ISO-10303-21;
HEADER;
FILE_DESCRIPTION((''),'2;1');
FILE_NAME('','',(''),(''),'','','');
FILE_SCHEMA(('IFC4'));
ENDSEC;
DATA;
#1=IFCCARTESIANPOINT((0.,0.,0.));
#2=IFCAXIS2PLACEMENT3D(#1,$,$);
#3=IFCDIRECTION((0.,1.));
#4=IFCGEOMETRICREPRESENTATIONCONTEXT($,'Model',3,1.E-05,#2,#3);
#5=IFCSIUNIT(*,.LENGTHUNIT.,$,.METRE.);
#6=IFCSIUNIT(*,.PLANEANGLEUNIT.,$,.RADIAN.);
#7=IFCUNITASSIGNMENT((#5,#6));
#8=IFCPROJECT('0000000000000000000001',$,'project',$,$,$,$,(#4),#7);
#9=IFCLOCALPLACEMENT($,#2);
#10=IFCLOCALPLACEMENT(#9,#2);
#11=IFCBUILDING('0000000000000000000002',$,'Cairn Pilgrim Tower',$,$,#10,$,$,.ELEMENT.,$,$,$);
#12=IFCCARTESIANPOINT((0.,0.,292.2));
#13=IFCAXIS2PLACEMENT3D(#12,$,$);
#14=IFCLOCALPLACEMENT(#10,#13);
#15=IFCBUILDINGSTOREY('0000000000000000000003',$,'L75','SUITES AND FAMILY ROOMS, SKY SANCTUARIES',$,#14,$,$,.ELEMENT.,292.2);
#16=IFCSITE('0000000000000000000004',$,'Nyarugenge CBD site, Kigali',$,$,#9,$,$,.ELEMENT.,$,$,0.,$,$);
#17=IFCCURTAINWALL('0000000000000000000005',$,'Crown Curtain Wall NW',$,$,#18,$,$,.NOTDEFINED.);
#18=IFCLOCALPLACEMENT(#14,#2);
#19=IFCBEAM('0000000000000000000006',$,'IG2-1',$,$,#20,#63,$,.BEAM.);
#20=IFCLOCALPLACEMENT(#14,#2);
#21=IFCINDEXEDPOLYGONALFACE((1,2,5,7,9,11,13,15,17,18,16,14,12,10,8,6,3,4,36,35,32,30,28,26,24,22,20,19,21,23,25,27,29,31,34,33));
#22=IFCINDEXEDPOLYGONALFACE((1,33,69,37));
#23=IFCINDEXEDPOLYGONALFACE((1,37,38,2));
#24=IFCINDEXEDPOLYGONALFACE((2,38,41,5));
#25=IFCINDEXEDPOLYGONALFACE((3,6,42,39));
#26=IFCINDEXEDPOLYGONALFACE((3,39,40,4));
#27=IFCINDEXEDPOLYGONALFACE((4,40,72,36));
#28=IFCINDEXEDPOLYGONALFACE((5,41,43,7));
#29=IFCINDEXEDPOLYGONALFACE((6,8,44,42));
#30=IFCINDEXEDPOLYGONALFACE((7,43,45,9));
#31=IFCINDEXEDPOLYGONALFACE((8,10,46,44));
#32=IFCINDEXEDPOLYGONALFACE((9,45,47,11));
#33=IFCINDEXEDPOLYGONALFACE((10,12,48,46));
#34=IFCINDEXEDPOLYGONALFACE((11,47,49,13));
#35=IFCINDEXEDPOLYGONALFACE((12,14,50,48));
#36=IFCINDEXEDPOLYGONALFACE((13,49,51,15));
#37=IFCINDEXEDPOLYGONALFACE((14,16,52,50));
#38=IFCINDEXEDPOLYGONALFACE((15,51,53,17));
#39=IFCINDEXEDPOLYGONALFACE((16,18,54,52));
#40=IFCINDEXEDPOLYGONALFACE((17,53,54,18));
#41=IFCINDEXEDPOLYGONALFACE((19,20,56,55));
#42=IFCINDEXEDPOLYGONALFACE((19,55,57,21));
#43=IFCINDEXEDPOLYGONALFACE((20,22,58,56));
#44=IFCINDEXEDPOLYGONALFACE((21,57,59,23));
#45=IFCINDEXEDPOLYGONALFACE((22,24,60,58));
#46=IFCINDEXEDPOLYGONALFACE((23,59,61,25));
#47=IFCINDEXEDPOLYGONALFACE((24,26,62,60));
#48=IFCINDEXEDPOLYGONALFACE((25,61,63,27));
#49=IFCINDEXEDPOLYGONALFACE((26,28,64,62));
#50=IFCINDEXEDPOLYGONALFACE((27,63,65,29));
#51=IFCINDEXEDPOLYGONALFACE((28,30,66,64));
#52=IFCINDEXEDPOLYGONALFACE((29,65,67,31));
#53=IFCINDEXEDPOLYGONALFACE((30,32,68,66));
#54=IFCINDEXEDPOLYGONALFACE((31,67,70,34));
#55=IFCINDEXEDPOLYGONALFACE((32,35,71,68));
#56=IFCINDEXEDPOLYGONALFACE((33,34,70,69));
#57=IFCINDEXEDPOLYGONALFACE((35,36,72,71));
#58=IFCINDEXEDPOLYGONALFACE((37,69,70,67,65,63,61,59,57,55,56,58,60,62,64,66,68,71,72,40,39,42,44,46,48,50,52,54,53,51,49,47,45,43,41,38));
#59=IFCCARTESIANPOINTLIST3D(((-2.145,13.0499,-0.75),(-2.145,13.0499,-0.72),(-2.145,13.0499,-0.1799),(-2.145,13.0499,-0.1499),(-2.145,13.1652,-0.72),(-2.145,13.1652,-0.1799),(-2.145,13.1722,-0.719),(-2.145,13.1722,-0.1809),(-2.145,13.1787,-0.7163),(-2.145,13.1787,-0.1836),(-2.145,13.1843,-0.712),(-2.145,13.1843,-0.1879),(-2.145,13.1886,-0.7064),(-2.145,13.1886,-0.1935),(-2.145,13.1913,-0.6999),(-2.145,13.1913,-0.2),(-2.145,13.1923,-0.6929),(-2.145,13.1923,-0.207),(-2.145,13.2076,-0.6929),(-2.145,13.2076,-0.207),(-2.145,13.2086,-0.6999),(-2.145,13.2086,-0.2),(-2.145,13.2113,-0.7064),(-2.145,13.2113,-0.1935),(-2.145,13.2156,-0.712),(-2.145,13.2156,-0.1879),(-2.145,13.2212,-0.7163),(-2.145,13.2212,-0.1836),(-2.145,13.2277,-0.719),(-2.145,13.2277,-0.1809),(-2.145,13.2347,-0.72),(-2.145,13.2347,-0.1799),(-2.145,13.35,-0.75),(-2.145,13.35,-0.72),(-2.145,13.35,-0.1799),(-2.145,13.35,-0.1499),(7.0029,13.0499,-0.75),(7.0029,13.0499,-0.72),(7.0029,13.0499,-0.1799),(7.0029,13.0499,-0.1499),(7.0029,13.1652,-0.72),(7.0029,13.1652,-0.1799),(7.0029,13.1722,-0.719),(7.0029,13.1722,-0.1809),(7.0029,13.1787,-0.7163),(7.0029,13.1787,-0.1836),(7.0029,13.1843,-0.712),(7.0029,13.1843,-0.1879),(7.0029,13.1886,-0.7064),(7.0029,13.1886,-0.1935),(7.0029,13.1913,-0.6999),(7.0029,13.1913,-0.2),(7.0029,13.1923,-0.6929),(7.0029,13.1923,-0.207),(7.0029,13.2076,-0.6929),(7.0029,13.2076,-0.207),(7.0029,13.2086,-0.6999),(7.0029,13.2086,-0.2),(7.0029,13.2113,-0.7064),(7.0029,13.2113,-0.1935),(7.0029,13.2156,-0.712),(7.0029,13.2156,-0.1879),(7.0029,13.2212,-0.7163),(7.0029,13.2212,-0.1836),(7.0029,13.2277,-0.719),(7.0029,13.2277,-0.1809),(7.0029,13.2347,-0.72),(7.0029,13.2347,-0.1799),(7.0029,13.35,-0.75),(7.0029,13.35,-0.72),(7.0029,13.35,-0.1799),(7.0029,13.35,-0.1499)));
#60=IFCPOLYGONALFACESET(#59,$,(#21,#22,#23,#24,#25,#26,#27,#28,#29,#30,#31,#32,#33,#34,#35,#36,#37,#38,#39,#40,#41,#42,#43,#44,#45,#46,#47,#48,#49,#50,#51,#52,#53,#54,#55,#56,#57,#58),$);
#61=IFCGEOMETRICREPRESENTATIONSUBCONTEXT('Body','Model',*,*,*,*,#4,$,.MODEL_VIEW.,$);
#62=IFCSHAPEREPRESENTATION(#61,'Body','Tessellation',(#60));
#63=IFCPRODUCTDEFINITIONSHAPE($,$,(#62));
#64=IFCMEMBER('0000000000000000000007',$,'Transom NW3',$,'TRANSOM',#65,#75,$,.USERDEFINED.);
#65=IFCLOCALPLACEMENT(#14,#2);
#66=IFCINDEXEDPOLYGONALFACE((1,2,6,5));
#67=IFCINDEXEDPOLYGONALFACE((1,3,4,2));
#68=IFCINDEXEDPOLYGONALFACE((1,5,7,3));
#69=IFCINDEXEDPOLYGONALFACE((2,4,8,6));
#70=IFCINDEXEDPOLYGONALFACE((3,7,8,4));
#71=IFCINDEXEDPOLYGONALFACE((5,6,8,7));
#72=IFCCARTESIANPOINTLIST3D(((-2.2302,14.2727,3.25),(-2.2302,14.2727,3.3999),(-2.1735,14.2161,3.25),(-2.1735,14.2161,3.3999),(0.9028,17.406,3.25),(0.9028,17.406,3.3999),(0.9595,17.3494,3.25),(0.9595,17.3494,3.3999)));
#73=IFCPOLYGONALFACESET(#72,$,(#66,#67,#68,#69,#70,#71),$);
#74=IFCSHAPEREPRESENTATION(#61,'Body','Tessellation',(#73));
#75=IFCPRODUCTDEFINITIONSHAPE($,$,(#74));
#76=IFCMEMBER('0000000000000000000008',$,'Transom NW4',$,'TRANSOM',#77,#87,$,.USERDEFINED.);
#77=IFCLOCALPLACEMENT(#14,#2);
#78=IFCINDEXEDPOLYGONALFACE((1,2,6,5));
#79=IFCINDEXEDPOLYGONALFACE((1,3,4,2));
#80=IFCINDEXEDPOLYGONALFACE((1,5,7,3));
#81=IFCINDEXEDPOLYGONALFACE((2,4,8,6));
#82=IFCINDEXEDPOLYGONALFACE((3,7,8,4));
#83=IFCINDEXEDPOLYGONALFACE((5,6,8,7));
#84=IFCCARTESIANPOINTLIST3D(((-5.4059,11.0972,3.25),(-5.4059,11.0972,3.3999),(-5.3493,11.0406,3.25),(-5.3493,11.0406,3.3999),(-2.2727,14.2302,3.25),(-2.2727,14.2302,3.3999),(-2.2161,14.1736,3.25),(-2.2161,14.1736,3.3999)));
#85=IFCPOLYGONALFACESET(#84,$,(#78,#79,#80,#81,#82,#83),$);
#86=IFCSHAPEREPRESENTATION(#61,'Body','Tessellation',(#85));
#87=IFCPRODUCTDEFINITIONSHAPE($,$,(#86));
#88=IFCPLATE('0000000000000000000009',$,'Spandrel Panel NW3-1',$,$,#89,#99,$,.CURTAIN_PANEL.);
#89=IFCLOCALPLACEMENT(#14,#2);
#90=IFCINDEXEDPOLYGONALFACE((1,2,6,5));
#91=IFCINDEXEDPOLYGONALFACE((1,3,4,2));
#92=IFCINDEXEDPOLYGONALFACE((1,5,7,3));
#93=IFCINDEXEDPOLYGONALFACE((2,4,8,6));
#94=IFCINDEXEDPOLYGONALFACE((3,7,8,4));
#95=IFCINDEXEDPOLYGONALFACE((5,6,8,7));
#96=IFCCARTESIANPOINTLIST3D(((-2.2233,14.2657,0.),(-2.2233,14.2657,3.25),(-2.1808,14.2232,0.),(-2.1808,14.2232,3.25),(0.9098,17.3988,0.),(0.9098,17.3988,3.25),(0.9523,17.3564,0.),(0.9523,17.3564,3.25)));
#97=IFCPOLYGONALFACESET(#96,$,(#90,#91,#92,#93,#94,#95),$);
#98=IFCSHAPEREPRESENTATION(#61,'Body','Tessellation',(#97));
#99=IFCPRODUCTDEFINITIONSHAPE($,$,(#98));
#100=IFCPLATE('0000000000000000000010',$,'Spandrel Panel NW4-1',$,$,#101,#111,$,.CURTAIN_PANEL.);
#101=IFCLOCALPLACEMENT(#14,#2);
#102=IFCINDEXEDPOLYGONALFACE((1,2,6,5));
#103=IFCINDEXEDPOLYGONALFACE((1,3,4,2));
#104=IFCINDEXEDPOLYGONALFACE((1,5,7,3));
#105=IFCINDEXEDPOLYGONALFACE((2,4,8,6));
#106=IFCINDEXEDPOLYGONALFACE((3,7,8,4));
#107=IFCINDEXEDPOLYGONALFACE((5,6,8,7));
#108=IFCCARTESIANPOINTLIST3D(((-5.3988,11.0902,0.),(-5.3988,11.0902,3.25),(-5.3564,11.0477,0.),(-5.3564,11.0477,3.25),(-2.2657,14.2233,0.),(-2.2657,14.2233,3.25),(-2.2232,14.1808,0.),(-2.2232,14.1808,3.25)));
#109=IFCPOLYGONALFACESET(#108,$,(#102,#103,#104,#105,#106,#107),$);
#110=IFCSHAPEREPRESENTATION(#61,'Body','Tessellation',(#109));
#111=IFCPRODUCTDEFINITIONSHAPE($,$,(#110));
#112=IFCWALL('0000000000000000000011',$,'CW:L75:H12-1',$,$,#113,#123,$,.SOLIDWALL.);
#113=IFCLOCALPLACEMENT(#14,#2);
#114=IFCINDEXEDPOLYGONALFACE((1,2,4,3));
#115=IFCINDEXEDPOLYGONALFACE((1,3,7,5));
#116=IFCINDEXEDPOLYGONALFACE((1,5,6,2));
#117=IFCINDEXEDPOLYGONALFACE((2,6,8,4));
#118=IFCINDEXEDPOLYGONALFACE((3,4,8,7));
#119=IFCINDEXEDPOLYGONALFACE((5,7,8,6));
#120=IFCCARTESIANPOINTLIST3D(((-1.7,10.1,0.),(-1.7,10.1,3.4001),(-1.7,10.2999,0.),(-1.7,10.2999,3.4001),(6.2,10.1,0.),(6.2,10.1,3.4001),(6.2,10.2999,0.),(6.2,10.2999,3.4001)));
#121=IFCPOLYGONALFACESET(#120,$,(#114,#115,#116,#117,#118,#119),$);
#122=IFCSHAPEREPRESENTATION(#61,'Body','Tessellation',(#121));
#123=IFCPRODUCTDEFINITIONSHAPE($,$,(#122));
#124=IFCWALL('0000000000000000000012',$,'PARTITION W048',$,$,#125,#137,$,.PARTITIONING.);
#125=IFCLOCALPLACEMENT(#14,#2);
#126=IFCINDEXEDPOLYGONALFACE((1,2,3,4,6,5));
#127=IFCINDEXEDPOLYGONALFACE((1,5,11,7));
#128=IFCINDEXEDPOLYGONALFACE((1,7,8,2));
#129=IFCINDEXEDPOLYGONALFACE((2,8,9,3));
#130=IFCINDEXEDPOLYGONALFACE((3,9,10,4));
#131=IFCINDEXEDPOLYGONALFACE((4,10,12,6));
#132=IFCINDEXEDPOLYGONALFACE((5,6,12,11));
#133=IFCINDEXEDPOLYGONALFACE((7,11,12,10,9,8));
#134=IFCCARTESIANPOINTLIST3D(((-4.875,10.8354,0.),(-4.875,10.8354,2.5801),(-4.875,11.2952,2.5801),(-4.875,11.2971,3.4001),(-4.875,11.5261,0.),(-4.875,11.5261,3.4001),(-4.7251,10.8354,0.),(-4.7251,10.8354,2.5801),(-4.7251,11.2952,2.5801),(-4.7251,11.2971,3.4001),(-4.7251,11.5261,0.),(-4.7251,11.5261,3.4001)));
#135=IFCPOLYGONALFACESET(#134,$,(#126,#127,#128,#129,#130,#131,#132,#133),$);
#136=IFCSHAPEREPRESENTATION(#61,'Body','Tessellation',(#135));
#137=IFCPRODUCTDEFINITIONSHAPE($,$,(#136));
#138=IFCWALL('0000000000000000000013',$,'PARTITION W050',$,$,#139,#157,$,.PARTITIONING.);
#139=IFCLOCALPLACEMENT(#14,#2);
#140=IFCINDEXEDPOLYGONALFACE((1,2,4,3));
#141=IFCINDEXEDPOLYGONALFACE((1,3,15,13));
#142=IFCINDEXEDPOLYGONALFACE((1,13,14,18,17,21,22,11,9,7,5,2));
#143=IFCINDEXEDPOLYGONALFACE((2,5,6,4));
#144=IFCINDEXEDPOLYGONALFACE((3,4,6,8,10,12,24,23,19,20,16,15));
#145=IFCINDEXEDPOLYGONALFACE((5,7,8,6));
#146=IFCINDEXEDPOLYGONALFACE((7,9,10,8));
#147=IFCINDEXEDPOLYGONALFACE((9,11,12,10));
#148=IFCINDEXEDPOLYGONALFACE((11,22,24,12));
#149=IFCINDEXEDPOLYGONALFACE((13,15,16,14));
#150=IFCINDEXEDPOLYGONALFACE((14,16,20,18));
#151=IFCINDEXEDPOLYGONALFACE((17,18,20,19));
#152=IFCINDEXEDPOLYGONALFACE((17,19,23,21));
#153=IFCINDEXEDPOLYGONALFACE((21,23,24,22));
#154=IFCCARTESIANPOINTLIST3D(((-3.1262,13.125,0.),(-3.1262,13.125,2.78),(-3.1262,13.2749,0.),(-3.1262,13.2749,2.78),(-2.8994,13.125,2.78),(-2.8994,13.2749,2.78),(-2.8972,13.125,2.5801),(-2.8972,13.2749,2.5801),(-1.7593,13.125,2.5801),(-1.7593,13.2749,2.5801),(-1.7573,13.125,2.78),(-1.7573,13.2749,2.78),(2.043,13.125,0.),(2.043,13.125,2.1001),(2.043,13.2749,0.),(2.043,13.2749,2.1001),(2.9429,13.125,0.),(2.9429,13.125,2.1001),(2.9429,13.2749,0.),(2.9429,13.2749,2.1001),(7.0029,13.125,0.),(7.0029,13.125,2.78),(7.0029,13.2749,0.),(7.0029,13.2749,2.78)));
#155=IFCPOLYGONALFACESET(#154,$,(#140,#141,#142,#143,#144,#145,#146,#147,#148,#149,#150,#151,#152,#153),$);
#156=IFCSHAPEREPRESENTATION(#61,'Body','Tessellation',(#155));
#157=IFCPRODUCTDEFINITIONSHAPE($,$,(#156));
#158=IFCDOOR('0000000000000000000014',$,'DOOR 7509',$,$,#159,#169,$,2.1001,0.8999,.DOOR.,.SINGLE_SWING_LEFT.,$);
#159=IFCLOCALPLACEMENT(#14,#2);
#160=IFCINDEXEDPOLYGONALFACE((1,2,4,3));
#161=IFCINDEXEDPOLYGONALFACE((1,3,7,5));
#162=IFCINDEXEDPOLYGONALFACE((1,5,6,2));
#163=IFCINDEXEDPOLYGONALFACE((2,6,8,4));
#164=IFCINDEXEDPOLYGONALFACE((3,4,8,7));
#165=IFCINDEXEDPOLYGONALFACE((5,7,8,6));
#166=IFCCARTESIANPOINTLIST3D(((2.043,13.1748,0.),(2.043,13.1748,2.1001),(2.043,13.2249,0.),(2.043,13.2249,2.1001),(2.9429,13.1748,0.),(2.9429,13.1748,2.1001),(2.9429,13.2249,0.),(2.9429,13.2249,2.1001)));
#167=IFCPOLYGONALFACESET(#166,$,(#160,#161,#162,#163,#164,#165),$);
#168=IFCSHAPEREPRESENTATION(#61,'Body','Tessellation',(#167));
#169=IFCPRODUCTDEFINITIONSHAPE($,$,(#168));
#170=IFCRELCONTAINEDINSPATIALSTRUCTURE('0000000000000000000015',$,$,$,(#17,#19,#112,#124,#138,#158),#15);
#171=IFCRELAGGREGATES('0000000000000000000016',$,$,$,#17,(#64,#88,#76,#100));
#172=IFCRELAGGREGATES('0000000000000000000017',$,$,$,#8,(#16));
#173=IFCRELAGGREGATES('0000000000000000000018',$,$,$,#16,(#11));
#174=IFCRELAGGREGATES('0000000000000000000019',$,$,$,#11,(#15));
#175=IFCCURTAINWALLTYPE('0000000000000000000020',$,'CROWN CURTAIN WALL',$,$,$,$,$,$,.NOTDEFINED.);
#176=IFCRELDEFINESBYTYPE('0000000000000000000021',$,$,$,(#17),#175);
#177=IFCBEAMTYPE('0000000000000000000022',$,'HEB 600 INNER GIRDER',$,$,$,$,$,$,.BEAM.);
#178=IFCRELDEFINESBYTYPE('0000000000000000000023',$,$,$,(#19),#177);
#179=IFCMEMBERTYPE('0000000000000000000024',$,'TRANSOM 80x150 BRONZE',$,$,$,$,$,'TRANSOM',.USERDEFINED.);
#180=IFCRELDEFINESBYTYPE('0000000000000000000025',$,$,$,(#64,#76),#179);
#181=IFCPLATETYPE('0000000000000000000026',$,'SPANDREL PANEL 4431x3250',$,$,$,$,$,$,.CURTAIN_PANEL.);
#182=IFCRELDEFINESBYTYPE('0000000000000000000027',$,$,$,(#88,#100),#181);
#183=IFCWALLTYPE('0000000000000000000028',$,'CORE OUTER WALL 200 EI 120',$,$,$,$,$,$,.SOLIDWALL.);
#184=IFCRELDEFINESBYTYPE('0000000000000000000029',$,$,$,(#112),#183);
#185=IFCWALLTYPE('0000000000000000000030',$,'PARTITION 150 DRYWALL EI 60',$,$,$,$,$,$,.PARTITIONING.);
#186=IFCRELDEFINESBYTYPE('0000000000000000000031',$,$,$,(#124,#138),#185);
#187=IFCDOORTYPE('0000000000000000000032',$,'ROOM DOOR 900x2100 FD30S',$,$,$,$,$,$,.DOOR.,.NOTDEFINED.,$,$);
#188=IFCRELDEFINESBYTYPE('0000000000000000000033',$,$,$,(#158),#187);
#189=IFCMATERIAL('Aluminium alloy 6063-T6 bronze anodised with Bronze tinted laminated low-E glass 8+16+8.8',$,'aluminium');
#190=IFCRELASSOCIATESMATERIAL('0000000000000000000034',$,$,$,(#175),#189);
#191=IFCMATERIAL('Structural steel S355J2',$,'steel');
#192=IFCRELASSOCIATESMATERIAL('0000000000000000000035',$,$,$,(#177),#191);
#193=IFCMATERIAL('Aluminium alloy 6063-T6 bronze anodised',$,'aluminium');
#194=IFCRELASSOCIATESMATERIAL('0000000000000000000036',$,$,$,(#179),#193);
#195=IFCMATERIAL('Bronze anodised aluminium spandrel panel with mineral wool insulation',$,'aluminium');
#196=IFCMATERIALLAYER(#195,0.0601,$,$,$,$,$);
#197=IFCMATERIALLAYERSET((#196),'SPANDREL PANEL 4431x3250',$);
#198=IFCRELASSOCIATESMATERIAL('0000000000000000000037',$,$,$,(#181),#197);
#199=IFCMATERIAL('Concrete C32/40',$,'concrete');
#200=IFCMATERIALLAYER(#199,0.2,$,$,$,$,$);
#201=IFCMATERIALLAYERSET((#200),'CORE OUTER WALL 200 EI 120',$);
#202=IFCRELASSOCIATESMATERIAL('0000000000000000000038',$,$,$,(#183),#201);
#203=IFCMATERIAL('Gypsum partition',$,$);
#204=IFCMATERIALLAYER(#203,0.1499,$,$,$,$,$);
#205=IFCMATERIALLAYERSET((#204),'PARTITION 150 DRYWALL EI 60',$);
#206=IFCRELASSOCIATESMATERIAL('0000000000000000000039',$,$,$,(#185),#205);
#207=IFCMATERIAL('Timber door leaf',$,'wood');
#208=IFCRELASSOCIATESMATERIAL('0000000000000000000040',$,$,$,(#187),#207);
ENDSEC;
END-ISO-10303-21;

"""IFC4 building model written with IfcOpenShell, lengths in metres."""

from ifc_helpers import new_model, si_unit, direction, frame, frame_2d, origin, origin_2d, place, context, subcontext, project, spatial, polyline, rectangle, i_section, outline, extrude, material, layer, layer_set, material_profile, profile_set, type_object, element, fill, aggregate, save


model = new_model("IFC4")

# Units and contexts
model_context = context("Model", 3, precision=1e-05, world=origin(), true_north=direction((0.0, 1.0)))
body_context = subcontext(model_context, "Body", "Model", "MODEL_VIEW")
ifc_project = project(units=[si_unit("LENGTHUNIT", "METRE"), si_unit("PLANEANGLEUNIT", "RADIAN")], contexts=[model_context])

# Site, building, storey
site_placement = place(None, origin())
site = spatial("IfcSite", under=ifc_project, at=site_placement, Name="Nyarugenge CBD site, Kigali", CompositionType="ELEMENT", RefElevation=0.0)
building_placement = place(site_placement, origin())
building = spatial("IfcBuilding", under=site, at=building_placement, Name="Cairn Pilgrim Tower", CompositionType="ELEMENT")
storey_placement = place(building_placement, frame((0.0, 0.0, 292.2)))
storey = spatial("IfcBuildingStorey", under=building, at=storey_placement, Name="L75", Description="SUITES AND FAMILY ROOMS, SKY SANCTUARIES", CompositionType="ELEMENT", Elevation=292.2)

# Shared definitions
ifc_material_1 = material(Name="Structural steel S355J2", Category="steel")

# Curtain wall
ifc_material_2 = material(Name="Aluminium alloy 6063-T6 bronze anodised with Bronze tinted laminated low-E glass 8+16+8.8", Category="aluminium")
curtain_wall_type = type_object("IfcCurtainWallType", Name="CROWN CURTAIN WALL", PredefinedType="NOTDEFINED", material=ifc_material_2)
curtain_wall_placement = place(storey_placement, origin())
curtain_wall = element("IfcCurtainWall", 1, at=curtain_wall_placement, inside=storey, type_object=curtain_wall_type, Name="Crown Curtain Wall NW", PredefinedType="NOTDEFINED")
ifc_material_3 = material(Name="Aluminium alloy 6063-T6 bronze anodised", Category="aluminium")

# Beam
ifc_material_profile_1 = material_profile(ifc_material_1, i_section(OverallWidth=0.3, OverallDepth=0.6001, WebThickness=0.0154, FlangeThickness=0.03, FilletRadius=0.0271, at=origin_2d()), Name="HEB 600")
ifc_profile_set_1 = profile_set([ifc_material_profile_1], Name="Structural steel S355J2")
beam_type_1 = type_object("IfcBeamType", Name="HEB 600 INNER GIRDER", PredefinedType="BEAM", material=ifc_profile_set_1)
beam_1_placement = place(storey_placement, frame((-2.145, 13.2, -0.45), z_axis=(1.0, 0.0, 0.0), x_axis=(0.0, 1.0, 0.0)))
element("IfcBeam", 2, at=beam_1_placement, inside=storey, type_object=beam_type_1, Name="IG2-1", PredefinedType="BEAM", context=body_context, shape_type="SweptSolid", body=[
    extrude(i_section(OverallWidth=0.3, OverallDepth=0.6001, WebThickness=0.0154, FlangeThickness=0.03, FilletRadius=0.0271, at=origin_2d()), origin(), (0.0, 0.0, 1.0), 9.1479),
])

# Members
ifc_material_profile_2 = material_profile(ifc_material_3, rectangle(XDim=0.0801, YDim=0.1499, at=origin_2d()), Name="TRANSOM 80x150 BRONZE")
ifc_profile_set_2 = profile_set([ifc_material_profile_2], Name="Aluminium alloy 6063-T6 bronze anodised")
member_type_1 = type_object("IfcMemberType", Name="TRANSOM 80x150 BRONZE", ElementType="TRANSOM", PredefinedType="USERDEFINED", material=ifc_profile_set_2)
member_1_placement = place(storey_placement, frame((0.9312, 17.3777, 3.325), z_axis=(-0.707079, -0.707134, 0.0), x_axis=(0.707134, -0.707079, 0.0)))
member_1 = element("IfcMember", 3, at=member_1_placement, type_object=member_type_1, Name="Transom NW3", ObjectType="TRANSOM", PredefinedType="USERDEFINED", context=body_context, shape_type="SweptSolid", body=[
    extrude(rectangle(XDim=0.0801, YDim=0.1499, at=origin_2d()), origin(), (0.0, 0.0, 1.0), 4.4309),
])
member_2_placement = place(storey_placement, frame((-2.2444, 14.2019, 3.325), z_axis=(-0.707134, -0.707079, 0.0), x_axis=(0.707079, -0.707134, 0.0)))
member_2 = element("IfcMember", 4, at=member_2_placement, type_object=member_type_1, Name="Transom NW4", ObjectType="TRANSOM", PredefinedType="USERDEFINED", context=body_context, shape_type="SweptSolid", body=[
    extrude(rectangle(XDim=0.0801, YDim=0.1499, at=origin_2d()), origin(), (0.0, 0.0, 1.0), 4.4309),
])

# Plates
ifc_material_4 = material(Name="Bronze anodised aluminium spandrel panel with mineral wool insulation", Category="aluminium")
ifc_layer_1 = layer(ifc_material_4, 0.0601)
ifc_layer_set_1 = layer_set([ifc_layer_1], Name="SPANDREL PANEL 4431x3250")
plate_type = type_object("IfcPlateType", Name="SPANDREL PANEL 4431x3250", PredefinedType="CURTAIN_PANEL", material=ifc_layer_set_1)
plate_1_placement = place(storey_placement, frame((-0.6355, 15.811, 0.0), z_axis=(0.0, 0.0, 1.0), x_axis=(-0.707107, -0.707107, 0.0)))
plate_1 = element("IfcPlate", 5, at=plate_1_placement, type_object=plate_type, Name="Spandrel Panel NW3-1", PredefinedType="CURTAIN_PANEL", context=body_context, shape_type="SweptSolid", body=[
    extrude(rectangle(XDim=4.4309, YDim=0.0601, at=origin_2d()), origin(), (0.0, 0.0, 1.0), 3.25),
])
plate_2_placement = place(storey_placement, frame((-3.811, 12.6355, 0.0), z_axis=(0.0, 0.0, 1.0), x_axis=(-0.707107, -0.707107, 0.0)))
plate_2 = element("IfcPlate", 6, at=plate_2_placement, type_object=plate_type, Name="Spandrel Panel NW4-1", PredefinedType="CURTAIN_PANEL", context=body_context, shape_type="SweptSolid", body=[
    extrude(rectangle(XDim=4.4309, YDim=0.0601, at=origin_2d()), origin(), (0.0, 0.0, 1.0), 3.25),
])
aggregate(curtain_wall, [member_1, plate_1, member_2, plate_2])

# Walls
ifc_material_5 = material(Name="Concrete C32/40", Category="concrete")
ifc_layer_2 = layer(ifc_material_5, 0.2)
ifc_layer_set_2 = layer_set([ifc_layer_2], Name="CORE OUTER WALL 200 EI 120")
wall_type_1 = type_object("IfcWallType", Name="CORE OUTER WALL 200 EI 120", PredefinedType="SOLIDWALL", material=ifc_layer_set_2)
wall_1_placement = place(storey_placement, frame((-1.7, 10.2, 0.0), z_axis=(0.0, 0.0, 1.0), x_axis=(1.0, 0.0, 0.0)))
element("IfcWall", 7, at=wall_1_placement, inside=storey, type_object=wall_type_1, Name="CW:L75:H12-1", PredefinedType="SOLIDWALL", context=body_context, shape_type="SweptSolid", body=[
    extrude(rectangle(XDim=7.8999, YDim=0.2, at=frame_2d((3.95, 0.0))), origin(), (0.0, 0.0, 1.0), 3.4001),
])
ifc_material_6 = material(Name="Gypsum partition")
ifc_layer_3 = layer(ifc_material_6, 0.1499)
ifc_layer_set_3 = layer_set([ifc_layer_3], Name="PARTITION 150 DRYWALL EI 60")
wall_type_2 = type_object("IfcWallType", Name="PARTITION 150 DRYWALL EI 60", PredefinedType="PARTITIONING", material=ifc_layer_set_3)
wall_2_placement = place(storey_placement, frame((-4.8, 10.8354, 0.0), z_axis=(0.0, 0.0, 1.0), x_axis=(0.0, 1.0, 0.0)))
element("IfcWall", 8, at=wall_2_placement, inside=storey, type_object=wall_type_2, Name="PARTITION W048", PredefinedType="PARTITIONING", context=body_context, shape_type="SweptSolid", body=[
    extrude(outline(polyline([(0.0, 0.0), (0.6907, 0.0), (0.6907, 3.4001), (0.4617, 3.4001), (0.4597, 2.5801), (0.0, 2.5801), (0.0, 0.0)])), frame((0.0, 0.075, 0.0), z_axis=(0.0, -1.0, 0.0), x_axis=(1.0, 0.0, 0.0)), (0.0, 0.0, 1.0), 0.1499),
])

# Wall, opening, door
wall_3_placement = place(storey_placement, frame((-3.1262, 13.2, 0.0), z_axis=(0.0, 0.0, 1.0), x_axis=(1.0, 0.0, 0.0)))
wall_3 = element("IfcWall", 9, at=wall_3_placement, inside=storey, type_object=wall_type_2, Name="PARTITION W050", PredefinedType="PARTITIONING", context=body_context, shape_type="SweptSolid", body=[
    extrude(outline(polyline([(0.0, 0.0), (10.1292, 0.0), (10.1292, 2.78), (1.3689, 2.78), (1.3669, 2.5801), (0.229, 2.5801), (0.2268, 2.78), (0.0, 2.78), (0.0, 0.0)])), frame((0.0, 0.075, 0.0), z_axis=(0.0, -1.0, 0.0), x_axis=(1.0, 0.0, 0.0)), (0.0, 0.0, 1.0), 0.1499),
])
opening_1_placement = place(wall_3_placement, frame((5.1692, 0.0, 0.0)))
opening_1 = element("IfcOpeningElement", 10, at=opening_1_placement, cuts=wall_3, PredefinedType="OPENING", context=body_context, shape_type="SweptSolid", body=[
    extrude(rectangle(XDim=0.8999, YDim=2.1001, at=frame_2d((0.45, 1.05))), frame((0.0, 0.085, 0.0), z_axis=(0.0, -1.0, 0.0), x_axis=(1.0, 0.0, 0.0)), (0.0, 0.0, 1.0), 0.1699),
])
ifc_material_7 = material(Name="Timber door leaf", Category="wood")
door_type_1 = type_object("IfcDoorType", Name="ROOM DOOR 900x2100 FD30S", OperationType="NOTDEFINED", PredefinedType="DOOR", material=ifc_material_7)
door_1_placement = place(opening_1_placement, origin())
door_1 = element("IfcDoor", 11, at=door_1_placement, inside=storey, type_object=door_type_1, Name="DOOR 7509", OperationType="SINGLE_SWING_LEFT", OverallHeight=2.1001, OverallWidth=0.8999, PredefinedType="DOOR", context=body_context, shape_type="SweptSolid", body=[
    extrude(rectangle(XDim=0.8999, YDim=2.1001, at=frame_2d((0.45, 1.05))), frame((0.0, 0.0249, 0.0), z_axis=(0.0, -1.0, 0.0), x_axis=(1.0, 0.0, 0.0)), (0.0, 0.0, 1.0), 0.05),
])
fill(opening_1, door_1)

save(model, "model.ifc")
